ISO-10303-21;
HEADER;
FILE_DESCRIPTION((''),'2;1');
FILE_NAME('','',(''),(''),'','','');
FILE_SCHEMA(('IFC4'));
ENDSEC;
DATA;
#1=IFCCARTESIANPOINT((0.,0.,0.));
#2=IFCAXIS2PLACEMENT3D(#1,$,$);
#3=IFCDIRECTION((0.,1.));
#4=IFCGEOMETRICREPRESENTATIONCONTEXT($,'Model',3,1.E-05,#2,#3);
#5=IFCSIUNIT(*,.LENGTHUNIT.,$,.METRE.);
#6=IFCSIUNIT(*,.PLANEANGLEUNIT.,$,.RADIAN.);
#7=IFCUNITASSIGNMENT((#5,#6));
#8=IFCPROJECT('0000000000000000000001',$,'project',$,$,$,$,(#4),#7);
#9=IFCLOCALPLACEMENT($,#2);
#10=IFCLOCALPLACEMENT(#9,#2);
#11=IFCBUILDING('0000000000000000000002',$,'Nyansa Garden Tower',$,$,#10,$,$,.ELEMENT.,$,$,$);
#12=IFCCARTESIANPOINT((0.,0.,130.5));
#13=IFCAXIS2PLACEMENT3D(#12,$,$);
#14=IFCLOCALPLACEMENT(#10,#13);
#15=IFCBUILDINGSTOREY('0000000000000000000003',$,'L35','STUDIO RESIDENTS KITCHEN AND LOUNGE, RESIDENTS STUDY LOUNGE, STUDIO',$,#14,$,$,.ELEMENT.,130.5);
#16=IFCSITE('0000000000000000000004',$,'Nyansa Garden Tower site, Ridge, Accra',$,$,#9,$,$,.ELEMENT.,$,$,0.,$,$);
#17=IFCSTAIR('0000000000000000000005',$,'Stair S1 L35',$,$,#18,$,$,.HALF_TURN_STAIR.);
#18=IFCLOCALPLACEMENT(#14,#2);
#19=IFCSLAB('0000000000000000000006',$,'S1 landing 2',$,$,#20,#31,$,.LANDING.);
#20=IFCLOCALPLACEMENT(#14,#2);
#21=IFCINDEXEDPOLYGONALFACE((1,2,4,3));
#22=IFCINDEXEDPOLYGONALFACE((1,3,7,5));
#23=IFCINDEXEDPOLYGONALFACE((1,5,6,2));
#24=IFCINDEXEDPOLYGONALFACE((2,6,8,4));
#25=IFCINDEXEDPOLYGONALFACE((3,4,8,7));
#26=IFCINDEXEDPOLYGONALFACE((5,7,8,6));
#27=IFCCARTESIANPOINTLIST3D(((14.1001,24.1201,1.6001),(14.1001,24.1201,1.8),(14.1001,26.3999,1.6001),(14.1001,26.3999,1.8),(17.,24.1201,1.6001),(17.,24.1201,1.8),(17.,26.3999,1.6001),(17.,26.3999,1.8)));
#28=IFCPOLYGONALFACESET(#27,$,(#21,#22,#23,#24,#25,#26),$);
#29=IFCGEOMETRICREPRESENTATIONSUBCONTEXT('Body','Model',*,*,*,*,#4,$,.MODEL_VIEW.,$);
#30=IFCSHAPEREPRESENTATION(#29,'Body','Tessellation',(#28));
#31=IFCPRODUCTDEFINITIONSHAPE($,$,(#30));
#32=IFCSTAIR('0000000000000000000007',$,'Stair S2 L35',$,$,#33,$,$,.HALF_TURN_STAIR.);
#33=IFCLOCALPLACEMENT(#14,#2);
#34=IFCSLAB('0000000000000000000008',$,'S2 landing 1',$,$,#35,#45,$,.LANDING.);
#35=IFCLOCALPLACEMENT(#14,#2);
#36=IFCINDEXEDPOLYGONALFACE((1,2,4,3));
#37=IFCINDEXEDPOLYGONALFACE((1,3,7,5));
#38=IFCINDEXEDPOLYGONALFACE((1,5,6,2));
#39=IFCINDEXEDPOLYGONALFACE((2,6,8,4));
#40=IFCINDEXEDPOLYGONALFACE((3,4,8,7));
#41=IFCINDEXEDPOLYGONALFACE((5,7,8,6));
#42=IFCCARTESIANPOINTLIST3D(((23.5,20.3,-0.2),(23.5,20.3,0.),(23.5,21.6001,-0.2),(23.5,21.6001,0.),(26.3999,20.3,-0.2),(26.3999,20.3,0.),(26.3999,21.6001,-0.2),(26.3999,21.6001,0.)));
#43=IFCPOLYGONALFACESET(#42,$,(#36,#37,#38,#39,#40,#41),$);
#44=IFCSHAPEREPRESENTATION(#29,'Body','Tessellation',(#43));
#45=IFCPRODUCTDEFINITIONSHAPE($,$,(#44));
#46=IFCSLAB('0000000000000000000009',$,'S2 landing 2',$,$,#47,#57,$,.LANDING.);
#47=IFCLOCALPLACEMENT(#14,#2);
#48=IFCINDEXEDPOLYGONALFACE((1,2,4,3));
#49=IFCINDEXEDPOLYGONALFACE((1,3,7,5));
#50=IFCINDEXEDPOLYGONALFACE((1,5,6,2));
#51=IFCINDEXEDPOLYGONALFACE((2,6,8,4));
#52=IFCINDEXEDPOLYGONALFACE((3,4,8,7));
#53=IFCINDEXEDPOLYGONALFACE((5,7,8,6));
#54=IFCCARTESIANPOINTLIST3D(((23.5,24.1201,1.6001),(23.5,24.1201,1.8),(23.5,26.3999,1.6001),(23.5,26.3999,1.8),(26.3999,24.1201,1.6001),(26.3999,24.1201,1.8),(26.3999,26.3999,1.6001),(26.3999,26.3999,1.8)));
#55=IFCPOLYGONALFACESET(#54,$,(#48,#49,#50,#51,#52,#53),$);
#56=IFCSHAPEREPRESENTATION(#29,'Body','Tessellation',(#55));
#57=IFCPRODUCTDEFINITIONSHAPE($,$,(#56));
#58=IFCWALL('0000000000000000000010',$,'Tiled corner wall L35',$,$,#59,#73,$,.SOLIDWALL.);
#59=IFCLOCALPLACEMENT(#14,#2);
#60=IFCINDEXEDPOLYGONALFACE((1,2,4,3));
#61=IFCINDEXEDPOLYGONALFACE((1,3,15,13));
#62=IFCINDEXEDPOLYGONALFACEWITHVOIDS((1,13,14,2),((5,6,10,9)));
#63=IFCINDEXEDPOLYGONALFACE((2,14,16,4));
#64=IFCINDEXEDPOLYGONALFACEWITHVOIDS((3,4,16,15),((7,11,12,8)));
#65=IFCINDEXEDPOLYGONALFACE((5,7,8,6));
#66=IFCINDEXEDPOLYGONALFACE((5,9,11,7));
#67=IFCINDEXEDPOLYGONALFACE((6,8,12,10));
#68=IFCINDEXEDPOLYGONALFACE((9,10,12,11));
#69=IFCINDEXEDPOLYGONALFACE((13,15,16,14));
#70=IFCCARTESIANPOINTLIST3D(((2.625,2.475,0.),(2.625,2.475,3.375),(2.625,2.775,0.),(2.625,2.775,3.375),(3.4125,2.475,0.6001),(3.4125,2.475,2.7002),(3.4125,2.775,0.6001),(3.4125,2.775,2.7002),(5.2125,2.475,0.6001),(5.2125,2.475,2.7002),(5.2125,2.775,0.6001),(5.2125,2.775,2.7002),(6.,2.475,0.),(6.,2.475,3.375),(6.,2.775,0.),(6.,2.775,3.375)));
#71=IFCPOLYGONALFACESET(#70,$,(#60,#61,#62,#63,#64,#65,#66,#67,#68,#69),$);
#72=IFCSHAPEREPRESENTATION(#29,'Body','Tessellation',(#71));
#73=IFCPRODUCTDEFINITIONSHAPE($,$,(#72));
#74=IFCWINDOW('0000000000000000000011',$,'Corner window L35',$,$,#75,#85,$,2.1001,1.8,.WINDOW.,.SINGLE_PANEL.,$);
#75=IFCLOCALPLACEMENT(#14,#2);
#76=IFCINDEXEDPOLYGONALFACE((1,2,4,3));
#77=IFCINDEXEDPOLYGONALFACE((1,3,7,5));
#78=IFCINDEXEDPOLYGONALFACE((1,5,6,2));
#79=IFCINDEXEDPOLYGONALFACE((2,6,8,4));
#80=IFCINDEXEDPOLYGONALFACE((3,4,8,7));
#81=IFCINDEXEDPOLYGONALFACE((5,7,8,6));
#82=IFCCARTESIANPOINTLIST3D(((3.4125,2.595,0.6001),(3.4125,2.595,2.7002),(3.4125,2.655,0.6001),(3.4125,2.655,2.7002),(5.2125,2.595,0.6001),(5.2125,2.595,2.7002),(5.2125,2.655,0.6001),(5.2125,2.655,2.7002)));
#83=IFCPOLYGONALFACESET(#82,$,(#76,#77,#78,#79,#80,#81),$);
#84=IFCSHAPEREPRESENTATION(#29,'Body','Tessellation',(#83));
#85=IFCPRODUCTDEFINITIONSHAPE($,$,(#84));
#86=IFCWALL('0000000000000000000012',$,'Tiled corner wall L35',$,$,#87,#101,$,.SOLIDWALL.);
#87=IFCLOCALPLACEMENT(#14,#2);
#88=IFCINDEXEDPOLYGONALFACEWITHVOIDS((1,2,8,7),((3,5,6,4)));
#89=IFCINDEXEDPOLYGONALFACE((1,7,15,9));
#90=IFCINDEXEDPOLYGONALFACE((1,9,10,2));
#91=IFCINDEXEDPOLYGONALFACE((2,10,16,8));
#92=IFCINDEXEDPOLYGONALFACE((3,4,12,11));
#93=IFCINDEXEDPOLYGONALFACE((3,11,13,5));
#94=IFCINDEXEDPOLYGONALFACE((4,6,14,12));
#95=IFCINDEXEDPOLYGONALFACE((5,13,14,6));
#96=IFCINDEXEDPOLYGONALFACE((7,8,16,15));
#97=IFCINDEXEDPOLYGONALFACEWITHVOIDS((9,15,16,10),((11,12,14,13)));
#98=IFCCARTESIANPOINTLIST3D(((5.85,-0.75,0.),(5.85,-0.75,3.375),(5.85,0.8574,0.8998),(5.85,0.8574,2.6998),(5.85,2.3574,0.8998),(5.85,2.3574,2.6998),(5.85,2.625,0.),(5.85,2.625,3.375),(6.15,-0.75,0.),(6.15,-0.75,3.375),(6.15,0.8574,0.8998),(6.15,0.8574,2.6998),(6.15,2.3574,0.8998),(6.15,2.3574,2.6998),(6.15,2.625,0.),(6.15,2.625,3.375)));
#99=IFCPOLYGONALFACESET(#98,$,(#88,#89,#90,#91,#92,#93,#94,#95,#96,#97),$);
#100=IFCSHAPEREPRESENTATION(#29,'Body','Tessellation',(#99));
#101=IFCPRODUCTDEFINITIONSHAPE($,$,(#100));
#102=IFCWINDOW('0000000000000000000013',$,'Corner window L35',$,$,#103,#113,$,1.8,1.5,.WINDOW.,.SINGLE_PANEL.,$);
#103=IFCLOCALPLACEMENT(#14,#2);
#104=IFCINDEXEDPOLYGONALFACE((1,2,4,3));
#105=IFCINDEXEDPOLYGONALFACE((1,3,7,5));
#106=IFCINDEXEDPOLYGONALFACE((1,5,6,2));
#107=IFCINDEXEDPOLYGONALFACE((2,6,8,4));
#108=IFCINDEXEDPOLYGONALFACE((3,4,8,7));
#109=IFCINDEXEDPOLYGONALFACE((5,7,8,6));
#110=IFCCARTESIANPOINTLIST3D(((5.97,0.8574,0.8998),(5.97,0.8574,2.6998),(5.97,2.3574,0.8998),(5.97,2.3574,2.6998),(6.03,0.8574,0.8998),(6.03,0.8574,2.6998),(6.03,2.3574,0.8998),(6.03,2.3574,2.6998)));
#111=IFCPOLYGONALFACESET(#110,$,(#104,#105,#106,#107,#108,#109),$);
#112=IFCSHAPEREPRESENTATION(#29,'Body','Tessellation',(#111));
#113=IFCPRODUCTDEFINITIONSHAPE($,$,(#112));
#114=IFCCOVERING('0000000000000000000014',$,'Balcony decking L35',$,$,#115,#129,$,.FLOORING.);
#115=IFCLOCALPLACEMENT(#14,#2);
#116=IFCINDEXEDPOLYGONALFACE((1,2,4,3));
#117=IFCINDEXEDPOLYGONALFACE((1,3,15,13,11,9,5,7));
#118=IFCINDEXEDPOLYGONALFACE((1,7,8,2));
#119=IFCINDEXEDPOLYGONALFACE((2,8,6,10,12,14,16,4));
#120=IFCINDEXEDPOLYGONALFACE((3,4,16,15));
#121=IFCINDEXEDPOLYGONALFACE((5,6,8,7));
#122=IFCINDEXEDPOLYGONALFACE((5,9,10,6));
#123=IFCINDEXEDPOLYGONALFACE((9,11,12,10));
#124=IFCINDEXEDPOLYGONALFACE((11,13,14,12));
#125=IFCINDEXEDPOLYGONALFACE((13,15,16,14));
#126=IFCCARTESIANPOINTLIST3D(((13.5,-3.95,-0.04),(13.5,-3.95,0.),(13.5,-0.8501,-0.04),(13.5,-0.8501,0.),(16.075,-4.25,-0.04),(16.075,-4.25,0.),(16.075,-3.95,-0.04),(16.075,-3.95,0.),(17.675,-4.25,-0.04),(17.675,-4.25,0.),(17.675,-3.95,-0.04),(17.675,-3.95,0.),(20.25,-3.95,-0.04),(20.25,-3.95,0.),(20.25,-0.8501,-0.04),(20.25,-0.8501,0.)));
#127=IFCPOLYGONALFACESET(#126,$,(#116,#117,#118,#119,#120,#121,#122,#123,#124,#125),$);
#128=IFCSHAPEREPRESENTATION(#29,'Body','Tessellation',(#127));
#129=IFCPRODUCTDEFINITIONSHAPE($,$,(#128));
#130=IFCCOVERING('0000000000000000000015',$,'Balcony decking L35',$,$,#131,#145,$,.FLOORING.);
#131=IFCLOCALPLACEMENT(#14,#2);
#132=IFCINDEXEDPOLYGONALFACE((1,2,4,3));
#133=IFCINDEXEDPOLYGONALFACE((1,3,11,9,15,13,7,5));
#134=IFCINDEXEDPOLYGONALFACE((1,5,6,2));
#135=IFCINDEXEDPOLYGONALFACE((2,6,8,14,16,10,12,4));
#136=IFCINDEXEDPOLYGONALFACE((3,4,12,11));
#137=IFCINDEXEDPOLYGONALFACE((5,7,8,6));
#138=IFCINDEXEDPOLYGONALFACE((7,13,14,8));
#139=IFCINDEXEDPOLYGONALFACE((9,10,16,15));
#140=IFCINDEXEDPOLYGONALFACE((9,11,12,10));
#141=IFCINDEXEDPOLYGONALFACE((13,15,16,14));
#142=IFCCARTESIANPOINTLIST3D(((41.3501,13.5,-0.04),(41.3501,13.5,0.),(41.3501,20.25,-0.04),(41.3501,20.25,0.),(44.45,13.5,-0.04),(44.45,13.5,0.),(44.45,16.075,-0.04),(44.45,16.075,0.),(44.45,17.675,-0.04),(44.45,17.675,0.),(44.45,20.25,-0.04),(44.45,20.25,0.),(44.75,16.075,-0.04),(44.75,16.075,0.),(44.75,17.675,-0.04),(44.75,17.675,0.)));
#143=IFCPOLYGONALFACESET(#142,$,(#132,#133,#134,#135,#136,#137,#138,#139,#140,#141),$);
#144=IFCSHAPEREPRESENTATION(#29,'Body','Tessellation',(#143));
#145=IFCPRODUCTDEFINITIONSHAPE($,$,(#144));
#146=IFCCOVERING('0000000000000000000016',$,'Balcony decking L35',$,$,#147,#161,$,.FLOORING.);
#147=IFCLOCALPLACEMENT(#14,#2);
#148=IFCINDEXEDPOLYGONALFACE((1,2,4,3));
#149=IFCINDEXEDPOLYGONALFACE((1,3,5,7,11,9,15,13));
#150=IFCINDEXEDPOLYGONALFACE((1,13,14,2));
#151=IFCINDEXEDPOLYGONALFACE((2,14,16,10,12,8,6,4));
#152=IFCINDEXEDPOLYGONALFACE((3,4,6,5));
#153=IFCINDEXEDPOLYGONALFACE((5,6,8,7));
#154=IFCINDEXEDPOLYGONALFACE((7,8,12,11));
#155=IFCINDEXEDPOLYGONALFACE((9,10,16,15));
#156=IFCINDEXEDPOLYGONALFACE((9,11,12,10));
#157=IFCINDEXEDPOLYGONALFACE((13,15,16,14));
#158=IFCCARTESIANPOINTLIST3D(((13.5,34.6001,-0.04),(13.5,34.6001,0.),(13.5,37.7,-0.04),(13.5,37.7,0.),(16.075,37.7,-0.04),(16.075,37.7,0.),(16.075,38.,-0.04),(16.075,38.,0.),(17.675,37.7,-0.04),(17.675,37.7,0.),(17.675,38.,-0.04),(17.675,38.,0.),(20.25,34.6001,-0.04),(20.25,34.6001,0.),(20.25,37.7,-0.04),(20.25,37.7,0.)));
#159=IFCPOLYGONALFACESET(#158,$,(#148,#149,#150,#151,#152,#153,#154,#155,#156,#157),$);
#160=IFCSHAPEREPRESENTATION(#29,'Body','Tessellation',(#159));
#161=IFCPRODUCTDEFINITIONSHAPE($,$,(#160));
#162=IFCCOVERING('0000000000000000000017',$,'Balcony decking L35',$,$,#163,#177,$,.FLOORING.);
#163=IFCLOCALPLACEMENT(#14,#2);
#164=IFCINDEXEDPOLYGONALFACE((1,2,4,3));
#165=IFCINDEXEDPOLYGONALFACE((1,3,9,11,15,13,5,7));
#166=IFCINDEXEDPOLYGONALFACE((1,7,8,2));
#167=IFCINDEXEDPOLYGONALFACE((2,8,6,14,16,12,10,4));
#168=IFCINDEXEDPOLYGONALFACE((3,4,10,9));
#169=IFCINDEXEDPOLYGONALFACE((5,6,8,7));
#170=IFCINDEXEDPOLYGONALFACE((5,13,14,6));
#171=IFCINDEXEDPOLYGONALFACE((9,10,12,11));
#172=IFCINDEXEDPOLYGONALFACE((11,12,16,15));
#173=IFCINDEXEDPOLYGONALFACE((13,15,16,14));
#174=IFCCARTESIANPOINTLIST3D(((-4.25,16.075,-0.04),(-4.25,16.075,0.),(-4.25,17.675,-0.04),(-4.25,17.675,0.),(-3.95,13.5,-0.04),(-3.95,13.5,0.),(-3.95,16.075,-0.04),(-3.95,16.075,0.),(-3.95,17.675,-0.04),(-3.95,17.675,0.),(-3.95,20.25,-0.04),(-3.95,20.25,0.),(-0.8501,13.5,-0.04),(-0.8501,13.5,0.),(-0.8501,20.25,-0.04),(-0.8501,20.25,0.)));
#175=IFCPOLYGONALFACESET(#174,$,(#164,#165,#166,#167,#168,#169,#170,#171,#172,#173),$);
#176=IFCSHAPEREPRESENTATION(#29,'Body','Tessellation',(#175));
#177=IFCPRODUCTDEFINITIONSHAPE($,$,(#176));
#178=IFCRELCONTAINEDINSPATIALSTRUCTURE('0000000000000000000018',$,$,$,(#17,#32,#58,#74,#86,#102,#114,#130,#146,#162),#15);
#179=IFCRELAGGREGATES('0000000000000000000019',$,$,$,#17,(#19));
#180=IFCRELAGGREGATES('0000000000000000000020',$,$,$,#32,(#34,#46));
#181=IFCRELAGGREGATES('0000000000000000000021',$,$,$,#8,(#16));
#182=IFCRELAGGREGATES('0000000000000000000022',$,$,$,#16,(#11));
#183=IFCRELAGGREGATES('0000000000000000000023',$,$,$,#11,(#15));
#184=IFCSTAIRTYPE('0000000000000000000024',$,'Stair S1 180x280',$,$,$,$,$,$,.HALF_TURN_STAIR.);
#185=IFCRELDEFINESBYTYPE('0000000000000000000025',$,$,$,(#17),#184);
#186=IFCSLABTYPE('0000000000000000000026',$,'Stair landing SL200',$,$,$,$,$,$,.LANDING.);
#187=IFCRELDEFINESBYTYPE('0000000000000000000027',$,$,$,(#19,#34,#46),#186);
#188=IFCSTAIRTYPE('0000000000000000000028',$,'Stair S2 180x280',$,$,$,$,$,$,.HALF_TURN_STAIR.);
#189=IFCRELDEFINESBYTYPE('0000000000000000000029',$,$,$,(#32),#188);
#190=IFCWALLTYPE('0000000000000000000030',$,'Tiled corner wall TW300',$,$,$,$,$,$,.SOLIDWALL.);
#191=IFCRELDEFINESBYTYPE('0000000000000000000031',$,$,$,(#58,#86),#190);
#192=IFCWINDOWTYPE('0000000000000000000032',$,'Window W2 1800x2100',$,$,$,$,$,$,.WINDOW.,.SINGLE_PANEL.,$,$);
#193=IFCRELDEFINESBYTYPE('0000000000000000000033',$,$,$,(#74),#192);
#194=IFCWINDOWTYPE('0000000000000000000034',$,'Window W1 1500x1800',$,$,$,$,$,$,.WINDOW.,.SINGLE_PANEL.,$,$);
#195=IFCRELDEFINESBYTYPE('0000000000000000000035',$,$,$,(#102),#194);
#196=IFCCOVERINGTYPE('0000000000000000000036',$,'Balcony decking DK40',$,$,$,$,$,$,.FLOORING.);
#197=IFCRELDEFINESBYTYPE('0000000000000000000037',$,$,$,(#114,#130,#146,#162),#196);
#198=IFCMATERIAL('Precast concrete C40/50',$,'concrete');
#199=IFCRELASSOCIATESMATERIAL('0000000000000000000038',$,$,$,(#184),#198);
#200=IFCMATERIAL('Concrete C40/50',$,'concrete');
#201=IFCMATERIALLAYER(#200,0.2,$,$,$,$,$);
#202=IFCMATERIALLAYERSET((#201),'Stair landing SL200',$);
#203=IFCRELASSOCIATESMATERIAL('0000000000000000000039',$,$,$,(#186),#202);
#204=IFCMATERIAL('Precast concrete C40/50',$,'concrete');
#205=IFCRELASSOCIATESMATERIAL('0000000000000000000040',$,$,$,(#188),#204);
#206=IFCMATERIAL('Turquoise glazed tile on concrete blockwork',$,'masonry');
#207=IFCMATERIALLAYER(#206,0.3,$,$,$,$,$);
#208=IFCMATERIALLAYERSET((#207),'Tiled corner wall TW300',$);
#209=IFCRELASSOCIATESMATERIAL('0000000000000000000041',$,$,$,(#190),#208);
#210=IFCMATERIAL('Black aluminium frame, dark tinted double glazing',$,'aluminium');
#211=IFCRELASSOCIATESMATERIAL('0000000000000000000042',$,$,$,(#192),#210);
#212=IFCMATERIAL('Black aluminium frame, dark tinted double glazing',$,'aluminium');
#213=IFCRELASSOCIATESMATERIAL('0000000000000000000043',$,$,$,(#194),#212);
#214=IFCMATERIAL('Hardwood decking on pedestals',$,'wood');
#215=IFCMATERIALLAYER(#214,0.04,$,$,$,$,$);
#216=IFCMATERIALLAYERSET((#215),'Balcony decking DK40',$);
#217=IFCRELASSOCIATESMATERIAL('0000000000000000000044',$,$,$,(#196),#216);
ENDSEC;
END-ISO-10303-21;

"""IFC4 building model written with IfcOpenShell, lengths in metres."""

from ifc_helpers import new_model, si_unit, direction, frame, frame_2d, origin, place, context, subcontext, project, spatial, polyline, rectangle, outline, extrude, material, layer, layer_set, type_object, element, fill, aggregate, save


model = new_model("IFC4")

# Units and contexts
model_context = context("Model", 3, precision=1e-05, world=origin(), true_north=direction((0.0, 1.0)))
body_context = subcontext(model_context, "Body", "Model", "MODEL_VIEW")
ifc_project = project(units=[si_unit("LENGTHUNIT", "METRE"), si_unit("PLANEANGLEUNIT", "RADIAN")], contexts=[model_context])

# Site, building, storey
site_placement = place(None, origin())
site = spatial("IfcSite", under=ifc_project, at=site_placement, Name="Nyansa Garden Tower site, Ridge, Accra", CompositionType="ELEMENT", RefElevation=0.0)
building_placement = place(site_placement, origin())
building = spatial("IfcBuilding", under=site, at=building_placement, Name="Nyansa Garden Tower", CompositionType="ELEMENT")
storey_placement = place(building_placement, frame((0.0, 0.0, 130.5)))
storey = spatial("IfcBuildingStorey", under=building, at=storey_placement, Name="L35", Description="STUDIO RESIDENTS KITCHEN AND LOUNGE, RESIDENTS STUDY LOUNGE, STUDIO", CompositionType="ELEMENT", Elevation=130.5)

# Stairs, slabs
ifc_material_1 = material(Name="Precast concrete C40/50", Category="concrete")
stair_type_1 = type_object("IfcStairType", Name="Stair S1 180x280", PredefinedType="HALF_TURN_STAIR", material=ifc_material_1)
stair_1_placement = place(storey_placement, origin())
stair_1 = element("IfcStair", 1, at=stair_1_placement, inside=storey, type_object=stair_type_1, Name="Stair S1 L35", PredefinedType="HALF_TURN_STAIR")
ifc_material_2 = material(Name="Concrete C40/50", Category="concrete")
ifc_layer_1 = layer(ifc_material_2, 0.2)
ifc_layer_set_1 = layer_set([ifc_layer_1], Name="Stair landing SL200")
slab_type_1 = type_object("IfcSlabType", Name="Stair landing SL200", PredefinedType="LANDING", material=ifc_layer_set_1)
slab_1_placement = place(storey_placement, frame((0.0, 0.0, 1.6001)))
slab_1 = element("IfcSlab", 2, at=slab_1_placement, type_object=slab_type_1, Name="S1 landing 2", PredefinedType="LANDING", context=body_context, shape_type="SweptSolid", body=[
    extrude(outline(polyline([(14.1001, 24.1201), (17.0, 24.1201), (17.0, 26.3999), (14.1001, 26.3999), (14.1001, 24.1201)])), origin(), (0.0, 0.0, 1.0), 0.2),
])
aggregate(stair_1, [slab_1])
ifc_material_3 = material(Name="Precast concrete C40/50", Category="concrete")
stair_type_2 = type_object("IfcStairType", Name="Stair S2 180x280", PredefinedType="HALF_TURN_STAIR", material=ifc_material_3)
stair_2_placement = place(storey_placement, origin())
stair_2 = element("IfcStair", 3, at=stair_2_placement, inside=storey, type_object=stair_type_2, Name="Stair S2 L35", PredefinedType="HALF_TURN_STAIR")
slab_2_placement = place(storey_placement, frame((0.0, 0.0, -0.2)))
slab_2 = element("IfcSlab", 4, at=slab_2_placement, type_object=slab_type_1, Name="S2 landing 1", PredefinedType="LANDING", context=body_context, shape_type="SweptSolid", body=[
    extrude(outline(polyline([(23.5, 20.3), (26.3999, 20.3), (26.3999, 21.6001), (23.5, 21.6001), (23.5, 20.3)])), origin(), (0.0, 0.0, 1.0), 0.2),
])
slab_3_placement = place(storey_placement, frame((0.0, 0.0, 1.6001)))
slab_3 = element("IfcSlab", 5, at=slab_3_placement, type_object=slab_type_1, Name="S2 landing 2", PredefinedType="LANDING", context=body_context, shape_type="SweptSolid", body=[
    extrude(outline(polyline([(23.5, 24.1201), (26.3999, 24.1201), (26.3999, 26.3999), (23.5, 26.3999), (23.5, 24.1201)])), origin(), (0.0, 0.0, 1.0), 0.2),
])
aggregate(stair_2, [slab_2, slab_3])

# Walls, openings, windows
ifc_material_4 = material(Name="Turquoise glazed tile on concrete blockwork", Category="masonry")
ifc_layer_2 = layer(ifc_material_4, 0.3)
ifc_layer_set_2 = layer_set([ifc_layer_2], Name="Tiled corner wall TW300")
wall_type = type_object("IfcWallType", Name="Tiled corner wall TW300", PredefinedType="SOLIDWALL", material=ifc_layer_set_2)
wall_1_placement = place(storey_placement, frame((2.625, 2.625, 0.0), z_axis=(0.0, 0.0, 1.0), x_axis=(1.0, 0.0, 0.0)))
wall_1 = element("IfcWall", 6, at=wall_1_placement, inside=storey, type_object=wall_type, Name="Tiled corner wall L35", PredefinedType="SOLIDWALL", context=body_context, shape_type="SweptSolid", body=[
    extrude(rectangle(XDim=3.375, YDim=0.3, at=frame_2d((1.6875, 0.0))), origin(), (0.0, 0.0, 1.0), 3.375),
])
opening_1_placement = place(wall_1_placement, frame((0.7876, 0.0, 0.6001)))
opening_1 = element("IfcOpeningElement", 7, at=opening_1_placement, cuts=wall_1, PredefinedType="OPENING", context=body_context, shape_type="SweptSolid", body=[
    extrude(rectangle(XDim=1.8, YDim=2.1001, at=frame_2d((0.8999, 1.05))), frame((0.0, 0.1599, 0.0), z_axis=(0.0, -1.0, 0.0), x_axis=(1.0, 0.0, 0.0)), (0.0, 0.0, 1.0), 0.3201),
])
ifc_material_5 = material(Name="Black aluminium frame, dark tinted double glazing", Category="aluminium")
window_type_1 = type_object("IfcWindowType", Name="Window W2 1800x2100", PartitioningType="SINGLE_PANEL", PredefinedType="WINDOW", material=ifc_material_5)
window_1_placement = place(opening_1_placement, origin())
window_1 = element("IfcWindow", 8, at=window_1_placement, inside=storey, type_object=window_type_1, Name="Corner window L35", OverallHeight=2.1001, OverallWidth=1.8, PartitioningType="SINGLE_PANEL", PredefinedType="WINDOW", context=body_context, shape_type="SweptSolid", body=[
    extrude(rectangle(XDim=1.8, YDim=2.1001, at=frame_2d((0.8999, 1.05))), frame((0.0, 0.03, 0.0), z_axis=(0.0, -1.0, 0.0), x_axis=(1.0, 0.0, 0.0)), (0.0, 0.0, 1.0), 0.0601),
])
fill(opening_1, window_1)
wall_2_placement = place(storey_placement, frame((6.0, 2.625, 0.0), z_axis=(0.0, 0.0, 1.0), x_axis=(0.0, -1.0, 0.0)))
wall_2 = element("IfcWall", 9, at=wall_2_placement, inside=storey, type_object=wall_type, Name="Tiled corner wall L35", PredefinedType="SOLIDWALL", context=body_context, shape_type="SweptSolid", body=[
    extrude(rectangle(XDim=3.375, YDim=0.3, at=frame_2d((1.6875, 0.0))), origin(), (0.0, 0.0, 1.0), 3.375),
])
opening_2_placement = place(wall_2_placement, frame((0.2676, 0.0, 0.8999)))
opening_2 = element("IfcOpeningElement", 10, at=opening_2_placement, cuts=wall_2, PredefinedType="OPENING", context=body_context, shape_type="SweptSolid", body=[
    extrude(rectangle(XDim=1.5, YDim=1.8, at=frame_2d((0.75, 0.8999))), frame((0.0, 0.1599, 0.0), z_axis=(0.0, -1.0, 0.0), x_axis=(1.0, 0.0, 0.0)), (0.0, 0.0, 1.0), 0.3201),
])
ifc_material_6 = material(Name="Black aluminium frame, dark tinted double glazing", Category="aluminium")
window_type_2 = type_object("IfcWindowType", Name="Window W1 1500x1800", PartitioningType="SINGLE_PANEL", PredefinedType="WINDOW", material=ifc_material_6)
window_2_placement = place(opening_2_placement, origin())
window_2 = element("IfcWindow", 11, at=window_2_placement, inside=storey, type_object=window_type_2, Name="Corner window L35", OverallHeight=1.8, OverallWidth=1.5, PartitioningType="SINGLE_PANEL", PredefinedType="WINDOW", context=body_context, shape_type="SweptSolid", body=[
    extrude(rectangle(XDim=1.5, YDim=1.8, at=frame_2d((0.75, 0.8999))), frame((0.0, 0.03, 0.0), z_axis=(0.0, -1.0, 0.0), x_axis=(1.0, 0.0, 0.0)), (0.0, 0.0, 1.0), 0.0601),
])
fill(opening_2, window_2)

# Coverings
ifc_material_7 = material(Name="Hardwood decking on pedestals", Category="wood")
ifc_layer_3 = layer(ifc_material_7, 0.04)
ifc_layer_set_3 = layer_set([ifc_layer_3], Name="Balcony decking DK40")
covering_type = type_object("IfcCoveringType", Name="Balcony decking DK40", PredefinedType="FLOORING", material=ifc_layer_set_3)
covering_1_placement = place(storey_placement, frame((0.0, 0.0, -0.04)))
element("IfcCovering", 12, at=covering_1_placement, inside=storey, type_object=covering_type, Name="Balcony decking L35", PredefinedType="FLOORING", context=body_context, shape_type="SweptSolid", body=[
    extrude(outline(polyline([(13.5, -0.8501), (20.25, -0.8501), (20.25, -3.95), (17.675, -3.95), (17.675, -4.25), (16.075, -4.25), (16.075, -3.95), (13.5, -3.95), (13.5, -0.8501)])), origin(), (0.0, 0.0, 1.0), 0.04),
])
covering_2_placement = place(storey_placement, frame((0.0, 0.0, -0.04)))
element("IfcCovering", 13, at=covering_2_placement, inside=storey, type_object=covering_type, Name="Balcony decking L35", PredefinedType="FLOORING", context=body_context, shape_type="SweptSolid", body=[
    extrude(outline(polyline([(41.3501, 13.5), (41.3501, 20.25), (44.45, 20.25), (44.45, 17.675), (44.75, 17.675), (44.75, 16.075), (44.45, 16.075), (44.45, 13.5), (41.3501, 13.5)])), origin(), (0.0, 0.0, 1.0), 0.04),
])
covering_3_placement = place(storey_placement, frame((0.0, 0.0, -0.04)))
element("IfcCovering", 14, at=covering_3_placement, inside=storey, type_object=covering_type, Name="Balcony decking L35", PredefinedType="FLOORING", context=body_context, shape_type="SweptSolid", body=[
    extrude(outline(polyline([(13.5, 34.6001), (20.25, 34.6001), (20.25, 37.7), (17.675, 37.7), (17.675, 38.0), (16.075, 38.0), (16.075, 37.7), (13.5, 37.7), (13.5, 34.6001)])), origin(), (0.0, 0.0, 1.0), 0.04),
])
covering_4_placement = place(storey_placement, frame((0.0, 0.0, -0.04)))
element("IfcCovering", 15, at=covering_4_placement, inside=storey, type_object=covering_type, Name="Balcony decking L35", PredefinedType="FLOORING", context=body_context, shape_type="SweptSolid", body=[
    extrude(outline(polyline([(-0.8501, 13.5), (-0.8501, 20.25), (-3.95, 20.25), (-3.95, 17.675), (-4.25, 17.675), (-4.25, 16.075), (-3.95, 16.075), (-3.95, 13.5), (-0.8501, 13.5)])), origin(), (0.0, 0.0, 1.0), 0.04),
])

save(model, "model.ifc")
